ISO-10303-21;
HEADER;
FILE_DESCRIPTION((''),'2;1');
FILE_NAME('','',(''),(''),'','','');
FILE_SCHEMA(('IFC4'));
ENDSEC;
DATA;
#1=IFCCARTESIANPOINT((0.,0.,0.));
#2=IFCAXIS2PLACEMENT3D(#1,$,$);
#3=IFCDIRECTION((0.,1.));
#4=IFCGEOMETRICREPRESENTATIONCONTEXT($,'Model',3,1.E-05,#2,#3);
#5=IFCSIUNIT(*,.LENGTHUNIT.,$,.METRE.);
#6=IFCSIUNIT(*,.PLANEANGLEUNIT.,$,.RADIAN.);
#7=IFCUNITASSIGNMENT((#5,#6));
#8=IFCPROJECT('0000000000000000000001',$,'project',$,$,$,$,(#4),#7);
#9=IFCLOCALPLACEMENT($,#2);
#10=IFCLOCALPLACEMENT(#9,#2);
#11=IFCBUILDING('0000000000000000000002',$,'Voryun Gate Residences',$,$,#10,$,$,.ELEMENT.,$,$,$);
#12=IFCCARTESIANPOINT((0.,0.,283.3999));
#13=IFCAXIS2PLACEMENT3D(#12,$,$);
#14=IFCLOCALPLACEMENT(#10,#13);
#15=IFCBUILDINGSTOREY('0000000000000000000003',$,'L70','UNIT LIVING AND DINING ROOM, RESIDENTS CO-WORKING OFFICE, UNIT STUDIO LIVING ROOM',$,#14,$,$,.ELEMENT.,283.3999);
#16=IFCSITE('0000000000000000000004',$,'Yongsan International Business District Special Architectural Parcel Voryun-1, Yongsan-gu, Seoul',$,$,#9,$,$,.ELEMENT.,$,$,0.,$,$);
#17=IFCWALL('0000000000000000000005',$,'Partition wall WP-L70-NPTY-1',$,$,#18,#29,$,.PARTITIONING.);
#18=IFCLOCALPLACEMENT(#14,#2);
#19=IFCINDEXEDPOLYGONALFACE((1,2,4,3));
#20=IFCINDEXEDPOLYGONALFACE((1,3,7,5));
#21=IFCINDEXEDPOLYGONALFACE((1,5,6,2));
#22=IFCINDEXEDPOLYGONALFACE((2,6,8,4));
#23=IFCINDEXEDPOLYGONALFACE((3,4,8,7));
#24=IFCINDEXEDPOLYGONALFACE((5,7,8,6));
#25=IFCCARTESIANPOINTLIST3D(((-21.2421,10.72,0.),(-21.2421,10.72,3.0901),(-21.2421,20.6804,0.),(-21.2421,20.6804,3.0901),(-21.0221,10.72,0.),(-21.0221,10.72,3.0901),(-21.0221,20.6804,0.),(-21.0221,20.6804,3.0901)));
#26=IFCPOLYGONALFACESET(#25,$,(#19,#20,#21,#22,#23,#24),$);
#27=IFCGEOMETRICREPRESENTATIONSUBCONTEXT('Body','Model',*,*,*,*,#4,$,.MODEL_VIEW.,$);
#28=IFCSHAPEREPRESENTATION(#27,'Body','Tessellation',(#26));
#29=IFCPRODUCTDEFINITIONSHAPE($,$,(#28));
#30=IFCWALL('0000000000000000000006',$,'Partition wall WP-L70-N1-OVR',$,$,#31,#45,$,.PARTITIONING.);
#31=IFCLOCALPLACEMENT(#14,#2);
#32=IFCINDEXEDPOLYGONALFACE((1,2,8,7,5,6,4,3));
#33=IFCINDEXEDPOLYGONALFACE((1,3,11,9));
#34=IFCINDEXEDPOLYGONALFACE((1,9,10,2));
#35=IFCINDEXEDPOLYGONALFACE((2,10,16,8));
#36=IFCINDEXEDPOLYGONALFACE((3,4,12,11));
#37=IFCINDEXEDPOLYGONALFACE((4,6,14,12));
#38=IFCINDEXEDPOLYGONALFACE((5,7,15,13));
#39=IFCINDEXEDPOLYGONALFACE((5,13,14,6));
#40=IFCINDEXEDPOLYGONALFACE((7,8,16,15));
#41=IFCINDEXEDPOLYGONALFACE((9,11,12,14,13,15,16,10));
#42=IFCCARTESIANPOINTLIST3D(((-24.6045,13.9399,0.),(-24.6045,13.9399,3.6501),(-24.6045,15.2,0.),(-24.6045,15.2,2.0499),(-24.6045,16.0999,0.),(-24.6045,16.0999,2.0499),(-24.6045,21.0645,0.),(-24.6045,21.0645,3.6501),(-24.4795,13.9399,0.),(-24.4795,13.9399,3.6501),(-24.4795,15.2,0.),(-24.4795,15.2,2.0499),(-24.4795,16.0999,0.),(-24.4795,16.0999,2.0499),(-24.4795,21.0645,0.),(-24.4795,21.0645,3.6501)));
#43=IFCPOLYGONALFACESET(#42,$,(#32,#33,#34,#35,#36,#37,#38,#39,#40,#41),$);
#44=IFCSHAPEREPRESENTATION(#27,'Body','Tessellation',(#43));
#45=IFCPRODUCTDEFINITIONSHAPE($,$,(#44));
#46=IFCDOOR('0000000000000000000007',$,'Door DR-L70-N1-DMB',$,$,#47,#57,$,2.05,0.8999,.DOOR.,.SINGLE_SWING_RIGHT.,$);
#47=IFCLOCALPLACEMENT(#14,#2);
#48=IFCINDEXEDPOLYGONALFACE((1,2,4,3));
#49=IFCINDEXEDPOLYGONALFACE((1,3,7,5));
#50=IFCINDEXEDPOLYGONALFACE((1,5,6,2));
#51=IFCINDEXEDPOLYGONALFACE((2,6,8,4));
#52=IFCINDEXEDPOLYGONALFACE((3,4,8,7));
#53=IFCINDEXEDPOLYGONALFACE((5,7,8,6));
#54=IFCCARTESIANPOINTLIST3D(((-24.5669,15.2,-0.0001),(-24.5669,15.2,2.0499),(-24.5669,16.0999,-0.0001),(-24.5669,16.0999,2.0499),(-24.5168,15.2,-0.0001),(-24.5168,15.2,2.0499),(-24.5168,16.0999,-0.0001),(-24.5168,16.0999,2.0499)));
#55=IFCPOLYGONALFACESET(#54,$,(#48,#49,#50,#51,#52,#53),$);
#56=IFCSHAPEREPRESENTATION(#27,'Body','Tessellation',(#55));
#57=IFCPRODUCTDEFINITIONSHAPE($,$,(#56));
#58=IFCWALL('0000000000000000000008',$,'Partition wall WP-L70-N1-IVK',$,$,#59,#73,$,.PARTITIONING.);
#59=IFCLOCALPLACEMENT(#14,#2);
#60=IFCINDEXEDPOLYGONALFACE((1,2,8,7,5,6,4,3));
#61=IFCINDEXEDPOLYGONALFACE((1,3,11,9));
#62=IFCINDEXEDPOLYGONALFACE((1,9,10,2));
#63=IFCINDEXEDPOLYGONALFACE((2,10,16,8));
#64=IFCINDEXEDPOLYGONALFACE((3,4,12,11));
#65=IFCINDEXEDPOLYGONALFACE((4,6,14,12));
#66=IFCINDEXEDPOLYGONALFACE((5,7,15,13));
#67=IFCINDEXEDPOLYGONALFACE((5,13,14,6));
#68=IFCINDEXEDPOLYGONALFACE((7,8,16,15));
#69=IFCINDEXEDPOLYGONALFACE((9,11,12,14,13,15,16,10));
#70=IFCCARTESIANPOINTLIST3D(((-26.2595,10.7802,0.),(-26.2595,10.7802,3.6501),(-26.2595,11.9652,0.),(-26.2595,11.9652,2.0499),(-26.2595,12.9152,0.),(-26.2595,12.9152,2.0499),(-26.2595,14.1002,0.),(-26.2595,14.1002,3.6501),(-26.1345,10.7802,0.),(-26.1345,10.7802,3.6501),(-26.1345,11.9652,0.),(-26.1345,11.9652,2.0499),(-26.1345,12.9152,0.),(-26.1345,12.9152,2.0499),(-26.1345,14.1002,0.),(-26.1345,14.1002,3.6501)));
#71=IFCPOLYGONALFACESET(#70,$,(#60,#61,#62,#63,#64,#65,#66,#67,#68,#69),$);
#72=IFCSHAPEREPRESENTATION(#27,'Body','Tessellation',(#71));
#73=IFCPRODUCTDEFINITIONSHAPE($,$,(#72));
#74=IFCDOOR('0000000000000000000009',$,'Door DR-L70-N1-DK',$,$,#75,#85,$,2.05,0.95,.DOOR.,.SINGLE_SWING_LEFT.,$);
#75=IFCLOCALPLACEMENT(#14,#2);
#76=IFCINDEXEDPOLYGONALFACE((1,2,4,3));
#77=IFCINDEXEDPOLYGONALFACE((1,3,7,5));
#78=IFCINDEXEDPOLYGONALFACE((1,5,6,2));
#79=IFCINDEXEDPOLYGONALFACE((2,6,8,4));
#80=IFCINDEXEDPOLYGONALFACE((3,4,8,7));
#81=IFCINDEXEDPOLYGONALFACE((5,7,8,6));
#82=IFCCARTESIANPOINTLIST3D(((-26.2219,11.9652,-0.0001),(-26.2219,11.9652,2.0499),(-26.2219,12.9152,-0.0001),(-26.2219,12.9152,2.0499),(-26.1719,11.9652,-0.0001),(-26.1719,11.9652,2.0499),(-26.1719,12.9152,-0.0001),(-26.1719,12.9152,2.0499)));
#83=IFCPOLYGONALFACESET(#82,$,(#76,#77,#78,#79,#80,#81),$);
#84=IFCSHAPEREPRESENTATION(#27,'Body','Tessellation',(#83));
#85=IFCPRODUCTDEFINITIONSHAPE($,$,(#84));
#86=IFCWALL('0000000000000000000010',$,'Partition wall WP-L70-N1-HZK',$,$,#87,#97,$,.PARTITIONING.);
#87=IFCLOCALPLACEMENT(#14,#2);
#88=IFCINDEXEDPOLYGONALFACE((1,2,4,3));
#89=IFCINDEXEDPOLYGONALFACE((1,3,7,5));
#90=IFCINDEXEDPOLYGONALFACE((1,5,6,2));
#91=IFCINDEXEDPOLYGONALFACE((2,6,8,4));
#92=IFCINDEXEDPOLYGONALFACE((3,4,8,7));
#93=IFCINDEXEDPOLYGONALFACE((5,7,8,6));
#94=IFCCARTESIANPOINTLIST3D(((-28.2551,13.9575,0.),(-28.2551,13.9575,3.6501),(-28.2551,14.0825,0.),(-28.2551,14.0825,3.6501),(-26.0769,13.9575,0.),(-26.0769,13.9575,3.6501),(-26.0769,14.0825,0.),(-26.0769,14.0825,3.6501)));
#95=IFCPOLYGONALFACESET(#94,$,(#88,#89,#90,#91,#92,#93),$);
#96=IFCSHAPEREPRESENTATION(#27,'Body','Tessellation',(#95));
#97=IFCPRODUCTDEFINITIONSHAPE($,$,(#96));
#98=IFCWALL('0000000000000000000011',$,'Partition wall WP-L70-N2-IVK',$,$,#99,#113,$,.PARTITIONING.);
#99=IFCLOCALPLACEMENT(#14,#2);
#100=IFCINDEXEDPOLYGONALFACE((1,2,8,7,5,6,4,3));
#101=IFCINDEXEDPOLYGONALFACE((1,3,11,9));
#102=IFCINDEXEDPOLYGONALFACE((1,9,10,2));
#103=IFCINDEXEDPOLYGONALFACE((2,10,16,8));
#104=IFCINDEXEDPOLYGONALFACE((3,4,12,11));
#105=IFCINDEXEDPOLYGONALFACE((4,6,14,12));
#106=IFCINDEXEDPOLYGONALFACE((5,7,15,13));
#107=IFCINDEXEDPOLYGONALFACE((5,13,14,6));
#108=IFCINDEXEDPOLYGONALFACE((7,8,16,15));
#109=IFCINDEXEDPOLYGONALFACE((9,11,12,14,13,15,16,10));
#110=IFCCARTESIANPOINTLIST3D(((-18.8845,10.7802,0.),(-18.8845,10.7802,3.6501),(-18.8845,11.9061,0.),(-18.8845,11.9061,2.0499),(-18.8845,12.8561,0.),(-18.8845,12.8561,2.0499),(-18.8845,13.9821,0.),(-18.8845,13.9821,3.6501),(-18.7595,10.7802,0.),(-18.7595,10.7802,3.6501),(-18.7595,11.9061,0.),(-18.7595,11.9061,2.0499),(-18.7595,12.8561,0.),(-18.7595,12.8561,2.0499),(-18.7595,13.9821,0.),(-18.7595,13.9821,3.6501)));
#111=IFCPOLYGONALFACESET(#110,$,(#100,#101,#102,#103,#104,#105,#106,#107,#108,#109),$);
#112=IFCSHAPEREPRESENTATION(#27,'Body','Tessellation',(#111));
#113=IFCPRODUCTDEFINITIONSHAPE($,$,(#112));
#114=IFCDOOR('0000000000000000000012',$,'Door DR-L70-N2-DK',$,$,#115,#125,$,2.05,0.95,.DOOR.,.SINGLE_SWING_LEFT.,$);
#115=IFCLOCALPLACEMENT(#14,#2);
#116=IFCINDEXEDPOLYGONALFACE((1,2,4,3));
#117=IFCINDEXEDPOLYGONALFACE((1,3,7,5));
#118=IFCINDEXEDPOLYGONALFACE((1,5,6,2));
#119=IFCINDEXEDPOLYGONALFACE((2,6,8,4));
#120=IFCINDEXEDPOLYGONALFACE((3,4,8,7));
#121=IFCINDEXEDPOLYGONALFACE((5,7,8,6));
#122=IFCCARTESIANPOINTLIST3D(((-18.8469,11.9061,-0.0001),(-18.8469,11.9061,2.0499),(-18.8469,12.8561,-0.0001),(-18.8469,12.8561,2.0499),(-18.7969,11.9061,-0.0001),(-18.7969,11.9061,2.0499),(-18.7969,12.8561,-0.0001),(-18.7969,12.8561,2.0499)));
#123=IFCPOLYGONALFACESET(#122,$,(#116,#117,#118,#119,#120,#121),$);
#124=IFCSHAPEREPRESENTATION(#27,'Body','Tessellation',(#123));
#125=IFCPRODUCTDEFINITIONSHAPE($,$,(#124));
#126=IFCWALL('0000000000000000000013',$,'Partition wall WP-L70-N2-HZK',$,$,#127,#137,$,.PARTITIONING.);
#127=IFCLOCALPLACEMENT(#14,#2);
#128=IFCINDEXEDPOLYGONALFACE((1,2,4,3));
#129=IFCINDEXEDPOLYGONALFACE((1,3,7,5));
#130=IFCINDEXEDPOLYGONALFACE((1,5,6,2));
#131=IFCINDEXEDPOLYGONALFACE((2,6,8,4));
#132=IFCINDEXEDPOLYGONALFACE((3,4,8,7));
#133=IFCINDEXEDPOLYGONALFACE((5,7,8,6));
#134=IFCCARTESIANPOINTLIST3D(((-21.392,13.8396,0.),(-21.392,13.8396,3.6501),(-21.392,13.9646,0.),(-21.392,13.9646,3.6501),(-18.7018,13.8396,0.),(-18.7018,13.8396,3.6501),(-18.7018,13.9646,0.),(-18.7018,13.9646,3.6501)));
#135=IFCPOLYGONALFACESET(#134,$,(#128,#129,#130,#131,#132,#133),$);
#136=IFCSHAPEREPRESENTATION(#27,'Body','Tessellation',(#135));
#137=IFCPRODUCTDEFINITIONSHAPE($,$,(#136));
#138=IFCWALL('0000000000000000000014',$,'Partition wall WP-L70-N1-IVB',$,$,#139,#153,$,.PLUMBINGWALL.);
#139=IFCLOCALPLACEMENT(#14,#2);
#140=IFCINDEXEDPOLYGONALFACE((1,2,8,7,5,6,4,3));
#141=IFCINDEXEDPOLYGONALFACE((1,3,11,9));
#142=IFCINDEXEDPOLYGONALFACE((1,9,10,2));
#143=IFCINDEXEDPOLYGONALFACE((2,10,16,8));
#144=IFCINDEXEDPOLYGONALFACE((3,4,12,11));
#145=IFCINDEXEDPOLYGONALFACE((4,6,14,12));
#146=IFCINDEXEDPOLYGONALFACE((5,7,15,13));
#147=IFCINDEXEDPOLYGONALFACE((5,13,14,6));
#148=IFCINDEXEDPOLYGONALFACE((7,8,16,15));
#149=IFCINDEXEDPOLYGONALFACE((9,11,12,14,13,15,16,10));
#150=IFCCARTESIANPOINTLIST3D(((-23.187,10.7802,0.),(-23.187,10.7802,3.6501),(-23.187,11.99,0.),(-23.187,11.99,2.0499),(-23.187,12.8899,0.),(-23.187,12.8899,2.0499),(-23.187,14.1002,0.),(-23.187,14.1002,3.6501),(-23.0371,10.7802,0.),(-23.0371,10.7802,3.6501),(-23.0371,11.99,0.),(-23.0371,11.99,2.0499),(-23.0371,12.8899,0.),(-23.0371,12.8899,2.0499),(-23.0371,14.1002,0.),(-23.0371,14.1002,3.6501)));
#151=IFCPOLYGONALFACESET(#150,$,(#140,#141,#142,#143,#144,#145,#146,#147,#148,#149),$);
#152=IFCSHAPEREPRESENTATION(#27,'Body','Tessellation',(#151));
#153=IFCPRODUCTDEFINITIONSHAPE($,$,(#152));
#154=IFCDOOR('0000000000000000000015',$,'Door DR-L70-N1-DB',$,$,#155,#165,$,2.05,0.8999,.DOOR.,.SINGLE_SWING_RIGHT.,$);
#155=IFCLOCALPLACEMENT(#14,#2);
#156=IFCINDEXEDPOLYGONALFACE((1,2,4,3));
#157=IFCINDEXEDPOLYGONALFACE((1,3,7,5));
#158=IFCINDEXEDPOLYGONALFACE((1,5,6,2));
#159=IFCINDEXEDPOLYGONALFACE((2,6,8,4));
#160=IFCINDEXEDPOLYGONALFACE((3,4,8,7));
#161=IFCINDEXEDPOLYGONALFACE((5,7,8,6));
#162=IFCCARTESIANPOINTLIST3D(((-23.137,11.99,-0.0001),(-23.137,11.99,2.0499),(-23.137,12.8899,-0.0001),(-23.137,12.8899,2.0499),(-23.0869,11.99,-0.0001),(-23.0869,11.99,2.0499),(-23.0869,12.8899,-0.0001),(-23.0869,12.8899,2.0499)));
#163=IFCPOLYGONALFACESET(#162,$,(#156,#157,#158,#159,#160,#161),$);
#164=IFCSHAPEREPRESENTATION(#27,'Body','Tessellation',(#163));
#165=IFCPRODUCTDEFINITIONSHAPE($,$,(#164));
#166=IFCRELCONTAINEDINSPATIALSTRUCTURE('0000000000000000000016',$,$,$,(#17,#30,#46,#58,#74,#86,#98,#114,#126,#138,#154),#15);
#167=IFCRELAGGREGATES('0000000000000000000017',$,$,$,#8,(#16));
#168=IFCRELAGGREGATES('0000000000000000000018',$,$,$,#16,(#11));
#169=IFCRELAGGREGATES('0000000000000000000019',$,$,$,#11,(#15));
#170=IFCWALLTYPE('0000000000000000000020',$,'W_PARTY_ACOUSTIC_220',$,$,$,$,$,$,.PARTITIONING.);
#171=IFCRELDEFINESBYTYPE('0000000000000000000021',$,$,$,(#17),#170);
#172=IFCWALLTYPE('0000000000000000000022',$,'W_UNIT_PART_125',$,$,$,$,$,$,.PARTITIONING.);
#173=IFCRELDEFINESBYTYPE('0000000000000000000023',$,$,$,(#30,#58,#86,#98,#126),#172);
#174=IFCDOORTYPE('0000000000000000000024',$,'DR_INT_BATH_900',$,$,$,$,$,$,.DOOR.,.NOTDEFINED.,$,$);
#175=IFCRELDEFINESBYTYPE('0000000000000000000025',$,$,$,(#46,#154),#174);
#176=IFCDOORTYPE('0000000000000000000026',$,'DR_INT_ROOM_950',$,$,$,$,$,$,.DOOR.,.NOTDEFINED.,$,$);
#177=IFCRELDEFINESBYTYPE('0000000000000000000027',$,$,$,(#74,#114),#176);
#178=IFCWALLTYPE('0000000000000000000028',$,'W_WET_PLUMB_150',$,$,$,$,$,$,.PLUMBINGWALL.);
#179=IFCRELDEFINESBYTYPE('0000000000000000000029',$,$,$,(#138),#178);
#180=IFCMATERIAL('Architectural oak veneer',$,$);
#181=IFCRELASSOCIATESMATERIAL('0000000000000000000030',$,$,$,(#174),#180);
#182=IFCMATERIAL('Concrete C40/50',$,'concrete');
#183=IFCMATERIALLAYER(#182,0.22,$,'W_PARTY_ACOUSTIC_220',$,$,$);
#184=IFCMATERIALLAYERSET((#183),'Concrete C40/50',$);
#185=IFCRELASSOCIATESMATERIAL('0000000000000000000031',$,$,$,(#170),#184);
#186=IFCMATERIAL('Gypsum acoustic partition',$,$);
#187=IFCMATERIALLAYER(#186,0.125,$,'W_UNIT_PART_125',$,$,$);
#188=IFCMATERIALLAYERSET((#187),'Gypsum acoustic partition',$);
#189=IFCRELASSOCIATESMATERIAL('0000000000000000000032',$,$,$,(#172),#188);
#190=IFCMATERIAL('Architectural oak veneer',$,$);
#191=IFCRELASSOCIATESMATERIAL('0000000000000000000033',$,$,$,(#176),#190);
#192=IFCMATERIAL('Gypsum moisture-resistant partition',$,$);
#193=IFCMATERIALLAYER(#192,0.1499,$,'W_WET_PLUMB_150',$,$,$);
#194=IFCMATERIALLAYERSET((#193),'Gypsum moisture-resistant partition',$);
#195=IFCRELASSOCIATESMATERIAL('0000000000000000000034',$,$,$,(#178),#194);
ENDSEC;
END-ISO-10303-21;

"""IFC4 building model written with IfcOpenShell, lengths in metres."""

from ifc_helpers import new_model, si_unit, direction, frame, frame_2d, origin, place, context, subcontext, project, spatial, rectangle, extrude, material, layer, layer_set, type_object, element, fill, save


model = new_model("IFC4")

# Units and contexts
model_context = context("Model", 3, precision=1e-05, world=origin(), true_north=direction((0.0, 1.0)))
body_context = subcontext(model_context, "Body", "Model", "MODEL_VIEW")
ifc_project = project(units=[si_unit("LENGTHUNIT", "METRE"), si_unit("PLANEANGLEUNIT", "RADIAN")], contexts=[model_context])

# Site, building, storey
site_placement = place(None, origin())
site = spatial("IfcSite", under=ifc_project, at=site_placement, Name="Yongsan International Business District Special Architectural Parcel Voryun-1, Yongsan-gu, Seoul", CompositionType="ELEMENT", RefElevation=0.0)
building_placement = place(site_placement, origin())
building = spatial("IfcBuilding", under=site, at=building_placement, Name="Voryun Gate Residences", CompositionType="ELEMENT")
storey_placement = place(building_placement, frame((0.0, 0.0, 283.3999)))
storey = spatial("IfcBuildingStorey", under=building, at=storey_placement, Name="L70", Description="UNIT LIVING AND DINING ROOM, RESIDENTS CO-WORKING OFFICE, UNIT STUDIO LIVING ROOM", CompositionType="ELEMENT", Elevation=283.3999)

# Shared definitions
ifc_material_1 = material(Name="Architectural oak veneer")
door_type_1 = type_object("IfcDoorType", Name="DR_INT_BATH_900", OperationType="NOTDEFINED", PredefinedType="DOOR", material=ifc_material_1)

# Wall
ifc_material_2 = material(Name="Concrete C40/50", Category="concrete")
ifc_layer_1 = layer(ifc_material_2, 0.22, Name="W_PARTY_ACOUSTIC_220")
ifc_layer_set_1 = layer_set([ifc_layer_1], Name="Concrete C40/50")
wall_type_1 = type_object("IfcWallType", Name="W_PARTY_ACOUSTIC_220", PredefinedType="PARTITIONING", material=ifc_layer_set_1)
wall_1_placement = place(storey_placement, frame((-21.1321, 10.72, 0.0), z_axis=(0.0, 0.0, 1.0), x_axis=(0.0, 1.0, 0.0)))
element("IfcWall", 1, at=wall_1_placement, inside=storey, type_object=wall_type_1, Name="Partition wall WP-L70-NPTY-1", PredefinedType="PARTITIONING", context=body_context, shape_type="SweptSolid", body=[
    extrude(rectangle(XDim=9.9604, YDim=0.22, at=frame_2d((4.9802, 0.0))), origin(), (0.0, 0.0, 1.0), 3.0901),
])

# Walls, openings, doors
ifc_material_3 = material(Name="Gypsum acoustic partition")
ifc_layer_2 = layer(ifc_material_3, 0.125, Name="W_UNIT_PART_125")
ifc_layer_set_2 = layer_set([ifc_layer_2], Name="Gypsum acoustic partition")
wall_type_2 = type_object("IfcWallType", Name="W_UNIT_PART_125", PredefinedType="PARTITIONING", material=ifc_layer_set_2)
wall_2_placement = place(storey_placement, frame((-24.542, 13.9399, 0.0), z_axis=(0.0, 0.0, 1.0), x_axis=(0.0, 1.0, 0.0)))
wall_2 = element("IfcWall", 2, at=wall_2_placement, inside=storey, type_object=wall_type_2, Name="Partition wall WP-L70-N1-OVR", PredefinedType="PARTITIONING", context=body_context, shape_type="SweptSolid", body=[
    extrude(rectangle(XDim=7.1245, YDim=0.125, at=frame_2d((3.5623, 0.0))), origin(), (0.0, 0.0, 1.0), 3.6501),
])
opening_1_placement = place(wall_2_placement, frame((1.26, 0.0, 0.0)))
opening_1 = element("IfcOpeningElement", 3, at=opening_1_placement, cuts=wall_2, PredefinedType="OPENING", context=body_context, shape_type="SweptSolid", body=[
    extrude(rectangle(XDim=0.8999, YDim=2.05, at=frame_2d((0.45, 1.0249))), frame((0.0, 0.0725, 0.0), z_axis=(0.0, -1.0, 0.0), x_axis=(1.0, 0.0, 0.0)), (0.0, 0.0, 1.0), 0.145),
])
door_1_placement = place(opening_1_placement, origin())
door_1 = element("IfcDoor", 4, at=door_1_placement, inside=storey, type_object=door_type_1, Name="Door DR-L70-N1-DMB", OperationType="SINGLE_SWING_RIGHT", OverallHeight=2.05, OverallWidth=0.8999, PredefinedType="DOOR", context=body_context, shape_type="SweptSolid", body=[
    extrude(rectangle(XDim=0.8999, YDim=2.05, at=frame_2d((0.45, 1.0249))), frame((0.0, 0.0249, 0.0), z_axis=(0.0, -1.0, 0.0), x_axis=(1.0, 0.0, 0.0)), (0.0, 0.0, 1.0), 0.05),
])
fill(opening_1, door_1)
wall_3_placement = place(storey_placement, frame((-26.197, 10.78, 0.0), z_axis=(0.0, 0.0, 1.0), x_axis=(0.0, 1.0, 0.0)))
wall_3 = element("IfcWall", 5, at=wall_3_placement, inside=storey, type_object=wall_type_2, Name="Partition wall WP-L70-N1-IVK", PredefinedType="PARTITIONING", context=body_context, shape_type="SweptSolid", body=[
    extrude(rectangle(XDim=3.3201, YDim=0.125, at=frame_2d((1.6602, 0.0))), origin(), (0.0, 0.0, 1.0), 3.6501),
])
opening_2_placement = place(wall_3_placement, frame((1.1851, 0.0, 0.0)))
opening_2 = element("IfcOpeningElement", 6, at=opening_2_placement, cuts=wall_3, PredefinedType="OPENING", context=body_context, shape_type="SweptSolid", body=[
    extrude(rectangle(XDim=0.95, YDim=2.05, at=frame_2d((0.4751, 1.0249))), frame((0.0, 0.0725, 0.0), z_axis=(0.0, -1.0, 0.0), x_axis=(1.0, 0.0, 0.0)), (0.0, 0.0, 1.0), 0.145),
])
ifc_material_4 = material(Name="Architectural oak veneer")
door_type_2 = type_object("IfcDoorType", Name="DR_INT_ROOM_950", OperationType="NOTDEFINED", PredefinedType="DOOR", material=ifc_material_4)
door_2_placement = place(opening_2_placement, origin())
door_2 = element("IfcDoor", 7, at=door_2_placement, inside=storey, type_object=door_type_2, Name="Door DR-L70-N1-DK", OperationType="SINGLE_SWING_LEFT", OverallHeight=2.05, OverallWidth=0.95, PredefinedType="DOOR", context=body_context, shape_type="SweptSolid", body=[
    extrude(rectangle(XDim=0.95, YDim=2.05, at=frame_2d((0.4751, 1.0249))), frame((0.0, 0.0249, 0.0), z_axis=(0.0, -1.0, 0.0), x_axis=(1.0, 0.0, 0.0)), (0.0, 0.0, 1.0), 0.05),
])
fill(opening_2, door_2)

# Wall
wall_4_placement = place(storey_placement, frame((-28.2551, 14.02, 0.0), z_axis=(0.0, 0.0, 1.0), x_axis=(1.0, 0.0, 0.0)))
element("IfcWall", 8, at=wall_4_placement, inside=storey, type_object=wall_type_2, Name="Partition wall WP-L70-N1-HZK", PredefinedType="PARTITIONING", context=body_context, shape_type="SweptSolid", body=[
    extrude(rectangle(XDim=2.1782, YDim=0.125, at=frame_2d((1.0891, 0.0))), origin(), (0.0, 0.0, 1.0), 3.6501),
])

# Wall, opening, door
wall_5_placement = place(storey_placement, frame((-18.822, 10.78, 0.0), z_axis=(0.0, 0.0, 1.0), x_axis=(0.0, 1.0, 0.0)))
wall_5 = element("IfcWall", 9, at=wall_5_placement, inside=storey, type_object=wall_type_2, Name="Partition wall WP-L70-N2-IVK", PredefinedType="PARTITIONING", context=body_context, shape_type="SweptSolid", body=[
    extrude(rectangle(XDim=3.2019, YDim=0.125, at=frame_2d((1.6011, 0.0))), origin(), (0.0, 0.0, 1.0), 3.6501),
])
opening_3_placement = place(wall_5_placement, frame((1.126, 0.0, 0.0)))
opening_3 = element("IfcOpeningElement", 10, at=opening_3_placement, cuts=wall_5, PredefinedType="OPENING", context=body_context, shape_type="SweptSolid", body=[
    extrude(rectangle(XDim=0.95, YDim=2.05, at=frame_2d((0.4751, 1.0249))), frame((0.0, 0.0725, 0.0), z_axis=(0.0, -1.0, 0.0), x_axis=(1.0, 0.0, 0.0)), (0.0, 0.0, 1.0), 0.145),
])
door_3_placement = place(opening_3_placement, origin())
door_3 = element("IfcDoor", 11, at=door_3_placement, inside=storey, type_object=door_type_2, Name="Door DR-L70-N2-DK", OperationType="SINGLE_SWING_LEFT", OverallHeight=2.05, OverallWidth=0.95, PredefinedType="DOOR", context=body_context, shape_type="SweptSolid", body=[
    extrude(rectangle(XDim=0.95, YDim=2.05, at=frame_2d((0.4751, 1.0249))), frame((0.0, 0.0249, 0.0), z_axis=(0.0, -1.0, 0.0), x_axis=(1.0, 0.0, 0.0)), (0.0, 0.0, 1.0), 0.05),
])
fill(opening_3, door_3)

# Wall
wall_6_placement = place(storey_placement, frame((-21.3921, 13.9021, 0.0), z_axis=(0.0, 0.0, 1.0), x_axis=(1.0, 0.0, 0.0)))
element("IfcWall", 12, at=wall_6_placement, inside=storey, type_object=wall_type_2, Name="Partition wall WP-L70-N2-HZK", PredefinedType="PARTITIONING", context=body_context, shape_type="SweptSolid", body=[
    extrude(rectangle(XDim=2.6902, YDim=0.125, at=frame_2d((1.3452, 0.0))), origin(), (0.0, 0.0, 1.0), 3.6501),
])

# Wall, opening, door
ifc_material_5 = material(Name="Gypsum moisture-resistant partition")
ifc_layer_3 = layer(ifc_material_5, 0.1499, Name="W_WET_PLUMB_150")
ifc_layer_set_3 = layer_set([ifc_layer_3], Name="Gypsum moisture-resistant partition")
wall_type_3 = type_object("IfcWallType", Name="W_WET_PLUMB_150", PredefinedType="PLUMBINGWALL", material=ifc_layer_set_3)
wall_7_placement = place(storey_placement, frame((-23.1121, 10.78, 0.0), z_axis=(0.0, 0.0, 1.0), x_axis=(0.0, 1.0, 0.0)))
wall_7 = element("IfcWall", 13, at=wall_7_placement, inside=storey, type_object=wall_type_3, Name="Partition wall WP-L70-N1-IVB", PredefinedType="PLUMBINGWALL", context=body_context, shape_type="SweptSolid", body=[
    extrude(rectangle(XDim=3.3201, YDim=0.1499, at=frame_2d((1.6602, 0.0))), origin(), (0.0, 0.0, 1.0), 3.6501),
])
opening_4_placement = place(wall_7_placement, frame((1.21, 0.0, 0.0)))
opening_4 = element("IfcOpeningElement", 14, at=opening_4_placement, cuts=wall_7, PredefinedType="OPENING", context=body_context, shape_type="SweptSolid", body=[
    extrude(rectangle(XDim=0.8999, YDim=2.05, at=frame_2d((0.45, 1.0249))), frame((0.0, 0.085, 0.0), z_axis=(0.0, -1.0, 0.0), x_axis=(1.0, 0.0, 0.0)), (0.0, 0.0, 1.0), 0.1699),
])
door_4_placement = place(opening_4_placement, origin())
door_4 = element("IfcDoor", 15, at=door_4_placement, inside=storey, type_object=door_type_1, Name="Door DR-L70-N1-DB", OperationType="SINGLE_SWING_RIGHT", OverallHeight=2.05, OverallWidth=0.8999, PredefinedType="DOOR", context=body_context, shape_type="SweptSolid", body=[
    extrude(rectangle(XDim=0.8999, YDim=2.05, at=frame_2d((0.45, 1.0249))), frame((0.0, 0.0249, 0.0), z_axis=(0.0, -1.0, 0.0), x_axis=(1.0, 0.0, 0.0)), (0.0, 0.0, 1.0), 0.05),
])
fill(opening_4, door_4)

save(model, "model.ifc")
